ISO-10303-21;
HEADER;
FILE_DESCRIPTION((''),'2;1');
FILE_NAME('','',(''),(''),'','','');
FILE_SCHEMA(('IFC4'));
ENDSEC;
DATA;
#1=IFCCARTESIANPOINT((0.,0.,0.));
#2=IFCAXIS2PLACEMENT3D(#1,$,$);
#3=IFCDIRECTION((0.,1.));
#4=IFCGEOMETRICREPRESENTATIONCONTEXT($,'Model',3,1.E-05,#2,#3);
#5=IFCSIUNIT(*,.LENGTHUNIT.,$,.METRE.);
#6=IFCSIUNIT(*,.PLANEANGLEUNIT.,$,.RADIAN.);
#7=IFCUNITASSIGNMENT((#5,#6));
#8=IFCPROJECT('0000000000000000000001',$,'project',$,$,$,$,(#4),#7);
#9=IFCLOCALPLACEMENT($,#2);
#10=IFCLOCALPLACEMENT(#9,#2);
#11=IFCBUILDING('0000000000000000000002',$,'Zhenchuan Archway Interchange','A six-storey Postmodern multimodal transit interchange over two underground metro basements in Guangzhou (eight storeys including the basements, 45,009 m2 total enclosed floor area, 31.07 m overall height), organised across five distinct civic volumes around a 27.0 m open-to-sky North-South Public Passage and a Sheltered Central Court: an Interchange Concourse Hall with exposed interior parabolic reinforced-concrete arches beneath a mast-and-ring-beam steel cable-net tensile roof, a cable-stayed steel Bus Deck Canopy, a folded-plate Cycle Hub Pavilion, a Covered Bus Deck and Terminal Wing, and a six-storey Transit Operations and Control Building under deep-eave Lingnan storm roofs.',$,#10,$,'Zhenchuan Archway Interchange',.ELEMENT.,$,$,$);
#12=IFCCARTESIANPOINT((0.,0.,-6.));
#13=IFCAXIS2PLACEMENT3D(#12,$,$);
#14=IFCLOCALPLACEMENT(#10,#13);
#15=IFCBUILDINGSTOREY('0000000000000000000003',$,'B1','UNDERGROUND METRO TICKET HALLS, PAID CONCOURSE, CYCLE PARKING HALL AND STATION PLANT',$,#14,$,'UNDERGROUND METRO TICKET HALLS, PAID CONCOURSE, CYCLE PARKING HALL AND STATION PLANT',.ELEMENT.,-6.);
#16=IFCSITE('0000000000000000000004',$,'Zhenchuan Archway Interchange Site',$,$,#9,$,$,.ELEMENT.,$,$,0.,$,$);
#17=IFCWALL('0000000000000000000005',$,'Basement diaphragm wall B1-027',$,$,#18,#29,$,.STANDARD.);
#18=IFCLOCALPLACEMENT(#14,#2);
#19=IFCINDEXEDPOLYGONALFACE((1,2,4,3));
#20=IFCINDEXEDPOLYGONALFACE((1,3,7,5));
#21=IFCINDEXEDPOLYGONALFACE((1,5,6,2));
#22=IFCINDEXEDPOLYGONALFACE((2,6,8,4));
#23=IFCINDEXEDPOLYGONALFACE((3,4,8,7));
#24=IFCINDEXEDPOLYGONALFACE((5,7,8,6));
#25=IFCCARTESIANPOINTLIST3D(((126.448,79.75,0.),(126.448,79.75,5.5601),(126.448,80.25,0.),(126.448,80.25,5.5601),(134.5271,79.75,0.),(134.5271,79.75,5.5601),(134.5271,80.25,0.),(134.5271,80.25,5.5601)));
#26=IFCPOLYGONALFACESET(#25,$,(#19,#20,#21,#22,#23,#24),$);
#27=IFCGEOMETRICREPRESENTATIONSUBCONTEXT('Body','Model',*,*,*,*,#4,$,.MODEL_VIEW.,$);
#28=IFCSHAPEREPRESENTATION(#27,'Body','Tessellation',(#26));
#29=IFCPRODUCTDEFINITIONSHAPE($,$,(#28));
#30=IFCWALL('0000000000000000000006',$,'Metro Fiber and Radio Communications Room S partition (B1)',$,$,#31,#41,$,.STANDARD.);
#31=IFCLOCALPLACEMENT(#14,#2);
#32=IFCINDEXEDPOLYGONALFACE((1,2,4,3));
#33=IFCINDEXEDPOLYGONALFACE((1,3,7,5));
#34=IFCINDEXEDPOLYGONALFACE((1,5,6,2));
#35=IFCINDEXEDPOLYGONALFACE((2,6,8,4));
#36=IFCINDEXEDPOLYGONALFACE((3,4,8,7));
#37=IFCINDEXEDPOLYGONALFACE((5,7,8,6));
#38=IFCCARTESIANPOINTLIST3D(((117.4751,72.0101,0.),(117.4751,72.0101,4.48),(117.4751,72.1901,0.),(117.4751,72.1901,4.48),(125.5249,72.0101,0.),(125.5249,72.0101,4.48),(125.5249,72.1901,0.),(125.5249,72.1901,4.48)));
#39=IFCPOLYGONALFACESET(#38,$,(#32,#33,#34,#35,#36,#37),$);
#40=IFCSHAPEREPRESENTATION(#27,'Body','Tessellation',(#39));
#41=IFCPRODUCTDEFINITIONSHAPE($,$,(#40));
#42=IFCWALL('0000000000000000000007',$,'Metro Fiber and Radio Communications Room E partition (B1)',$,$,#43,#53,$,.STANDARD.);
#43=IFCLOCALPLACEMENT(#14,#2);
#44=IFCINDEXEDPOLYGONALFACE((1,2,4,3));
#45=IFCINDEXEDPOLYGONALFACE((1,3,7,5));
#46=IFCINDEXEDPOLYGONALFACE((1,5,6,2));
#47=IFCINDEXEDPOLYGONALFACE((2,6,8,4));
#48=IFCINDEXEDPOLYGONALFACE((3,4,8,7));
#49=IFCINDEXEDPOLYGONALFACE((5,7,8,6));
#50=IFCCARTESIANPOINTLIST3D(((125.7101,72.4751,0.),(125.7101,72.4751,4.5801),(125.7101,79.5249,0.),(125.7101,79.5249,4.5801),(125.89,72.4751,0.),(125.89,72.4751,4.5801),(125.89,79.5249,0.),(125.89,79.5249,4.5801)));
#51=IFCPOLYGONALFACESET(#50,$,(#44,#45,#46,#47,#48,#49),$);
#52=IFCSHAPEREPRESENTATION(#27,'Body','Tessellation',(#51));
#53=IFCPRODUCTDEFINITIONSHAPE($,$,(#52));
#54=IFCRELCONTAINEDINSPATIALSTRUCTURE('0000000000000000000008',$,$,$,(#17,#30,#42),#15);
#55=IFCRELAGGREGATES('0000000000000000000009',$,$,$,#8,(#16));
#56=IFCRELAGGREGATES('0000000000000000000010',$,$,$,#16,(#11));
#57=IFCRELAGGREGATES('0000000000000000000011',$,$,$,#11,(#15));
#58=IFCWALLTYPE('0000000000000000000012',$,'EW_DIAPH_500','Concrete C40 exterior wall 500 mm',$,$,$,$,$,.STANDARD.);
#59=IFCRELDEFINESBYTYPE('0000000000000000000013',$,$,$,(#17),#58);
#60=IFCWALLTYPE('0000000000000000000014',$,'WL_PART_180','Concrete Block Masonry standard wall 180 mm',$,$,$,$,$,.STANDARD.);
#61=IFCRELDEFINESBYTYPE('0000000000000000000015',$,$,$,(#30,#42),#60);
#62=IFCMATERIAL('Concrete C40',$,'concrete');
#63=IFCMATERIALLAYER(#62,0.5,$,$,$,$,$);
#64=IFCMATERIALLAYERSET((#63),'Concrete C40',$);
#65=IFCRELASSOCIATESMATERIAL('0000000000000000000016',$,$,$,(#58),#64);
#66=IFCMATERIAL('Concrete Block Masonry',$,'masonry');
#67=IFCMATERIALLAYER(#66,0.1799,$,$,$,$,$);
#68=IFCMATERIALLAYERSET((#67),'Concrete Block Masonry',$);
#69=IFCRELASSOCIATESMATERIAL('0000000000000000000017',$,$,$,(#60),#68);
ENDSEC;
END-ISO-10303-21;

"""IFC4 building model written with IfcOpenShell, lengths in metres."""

from ifc_helpers import new_model, si_unit, direction, frame, frame_2d, origin, place, context, subcontext, project, spatial, rectangle, extrude, material, layer, layer_set, type_object, element, save


model = new_model("IFC4")

# Units and contexts
model_context = context("Model", 3, precision=1e-05, world=origin(), true_north=direction((0.0, 1.0)))
body_context = subcontext(model_context, "Body", "Model", "MODEL_VIEW")
ifc_project = project(units=[si_unit("LENGTHUNIT", "METRE"), si_unit("PLANEANGLEUNIT", "RADIAN")], contexts=[model_context])

# Site, building, storey
site_placement = place(None, origin())
site = spatial("IfcSite", under=ifc_project, at=site_placement, Name="Zhenchuan Archway Interchange Site", CompositionType="ELEMENT", RefElevation=0.0)
building_placement = place(site_placement, origin())
building = spatial("IfcBuilding", under=site, at=building_placement, Name="Zhenchuan Archway Interchange", Description="A six-storey Postmodern multimodal transit interchange over two underground metro basements in Guangzhou (eight storeys including the basements, 45,009 m2 total enclosed floor area, 31.07 m overall height), organised across five distinct civic volumes around a 27.0 m open-to-sky North-South Public Passage and a Sheltered Central Court: an Interchange Concourse Hall with exposed interior parabolic reinforced-concrete arches beneath a mast-and-ring-beam steel cable-net tensile roof, a cable-stayed steel Bus Deck Canopy, a folded-plate Cycle Hub Pavilion, a Covered Bus Deck and Terminal Wing, and a six-storey Transit Operations and Control Building under deep-eave Lingnan storm roofs.", LongName="Zhenchuan Archway Interchange", CompositionType="ELEMENT")
storey_placement = place(building_placement, frame((0.0, 0.0, -6.0)))
storey = spatial("IfcBuildingStorey", under=building, at=storey_placement, Name="B1", Description="UNDERGROUND METRO TICKET HALLS, PAID CONCOURSE, CYCLE PARKING HALL AND STATION PLANT", LongName="UNDERGROUND METRO TICKET HALLS, PAID CONCOURSE, CYCLE PARKING HALL AND STATION PLANT", CompositionType="ELEMENT", Elevation=-6.0)

# Shared definitions
ifc_material_1 = material(Name="Concrete C40", Category="concrete")

# Walls
ifc_layer_1 = layer(ifc_material_1, 0.5)
ifc_layer_set_1 = layer_set([ifc_layer_1], Name="Concrete C40")
wall_type_1 = type_object("IfcWallType", Name="EW_DIAPH_500", Description="Concrete C40 exterior wall 500 mm", PredefinedType="STANDARD", material=ifc_layer_set_1)
wall_1_placement = place(storey_placement, frame((126.448, 80.0, 0.0), z_axis=(0.0, 0.0, 1.0), x_axis=(1.0, 0.0, 0.0)))
element("IfcWall", 1, at=wall_1_placement, inside=storey, type_object=wall_type_1, Name="Basement diaphragm wall B1-027", PredefinedType="STANDARD", context=body_context, shape_type="SweptSolid", body=[
    extrude(rectangle(XDim=8.0791, YDim=0.5, at=frame_2d((4.0396, 0.0))), origin(), (0.0, 0.0, 1.0), 5.5601),
])
ifc_material_2 = material(Name="Concrete Block Masonry", Category="masonry")
ifc_layer_2 = layer(ifc_material_2, 0.1799)
ifc_layer_set_2 = layer_set([ifc_layer_2], Name="Concrete Block Masonry")
wall_type_2 = type_object("IfcWallType", Name="WL_PART_180", Description="Concrete Block Masonry standard wall 180 mm", PredefinedType="STANDARD", material=ifc_layer_set_2)
wall_2_placement = place(storey_placement, frame((117.4751, 72.1001, 0.0), z_axis=(0.0, 0.0, 1.0), x_axis=(1.0, 0.0, 0.0)))
element("IfcWall", 2, at=wall_2_placement, inside=storey, type_object=wall_type_2, Name="Metro Fiber and Radio Communications Room S partition (B1)", PredefinedType="STANDARD", context=body_context, shape_type="SweptSolid", body=[
    extrude(rectangle(XDim=8.0498, YDim=0.1799, at=frame_2d((4.0249, 0.0))), origin(), (0.0, 0.0, 1.0), 4.48),
])
wall_3_placement = place(storey_placement, frame((125.8, 72.4751, 0.0), z_axis=(0.0, 0.0, 1.0), x_axis=(0.0, 1.0, 0.0)))
element("IfcWall", 3, at=wall_3_placement, inside=storey, type_object=wall_type_2, Name="Metro Fiber and Radio Communications Room E partition (B1)", PredefinedType="STANDARD", context=body_context, shape_type="SweptSolid", body=[
    extrude(rectangle(XDim=7.0498, YDim=0.1799, at=frame_2d((3.5249, 0.0))), origin(), (0.0, 0.0, 1.0), 4.5801),
])

save(model, "model.ifc")
